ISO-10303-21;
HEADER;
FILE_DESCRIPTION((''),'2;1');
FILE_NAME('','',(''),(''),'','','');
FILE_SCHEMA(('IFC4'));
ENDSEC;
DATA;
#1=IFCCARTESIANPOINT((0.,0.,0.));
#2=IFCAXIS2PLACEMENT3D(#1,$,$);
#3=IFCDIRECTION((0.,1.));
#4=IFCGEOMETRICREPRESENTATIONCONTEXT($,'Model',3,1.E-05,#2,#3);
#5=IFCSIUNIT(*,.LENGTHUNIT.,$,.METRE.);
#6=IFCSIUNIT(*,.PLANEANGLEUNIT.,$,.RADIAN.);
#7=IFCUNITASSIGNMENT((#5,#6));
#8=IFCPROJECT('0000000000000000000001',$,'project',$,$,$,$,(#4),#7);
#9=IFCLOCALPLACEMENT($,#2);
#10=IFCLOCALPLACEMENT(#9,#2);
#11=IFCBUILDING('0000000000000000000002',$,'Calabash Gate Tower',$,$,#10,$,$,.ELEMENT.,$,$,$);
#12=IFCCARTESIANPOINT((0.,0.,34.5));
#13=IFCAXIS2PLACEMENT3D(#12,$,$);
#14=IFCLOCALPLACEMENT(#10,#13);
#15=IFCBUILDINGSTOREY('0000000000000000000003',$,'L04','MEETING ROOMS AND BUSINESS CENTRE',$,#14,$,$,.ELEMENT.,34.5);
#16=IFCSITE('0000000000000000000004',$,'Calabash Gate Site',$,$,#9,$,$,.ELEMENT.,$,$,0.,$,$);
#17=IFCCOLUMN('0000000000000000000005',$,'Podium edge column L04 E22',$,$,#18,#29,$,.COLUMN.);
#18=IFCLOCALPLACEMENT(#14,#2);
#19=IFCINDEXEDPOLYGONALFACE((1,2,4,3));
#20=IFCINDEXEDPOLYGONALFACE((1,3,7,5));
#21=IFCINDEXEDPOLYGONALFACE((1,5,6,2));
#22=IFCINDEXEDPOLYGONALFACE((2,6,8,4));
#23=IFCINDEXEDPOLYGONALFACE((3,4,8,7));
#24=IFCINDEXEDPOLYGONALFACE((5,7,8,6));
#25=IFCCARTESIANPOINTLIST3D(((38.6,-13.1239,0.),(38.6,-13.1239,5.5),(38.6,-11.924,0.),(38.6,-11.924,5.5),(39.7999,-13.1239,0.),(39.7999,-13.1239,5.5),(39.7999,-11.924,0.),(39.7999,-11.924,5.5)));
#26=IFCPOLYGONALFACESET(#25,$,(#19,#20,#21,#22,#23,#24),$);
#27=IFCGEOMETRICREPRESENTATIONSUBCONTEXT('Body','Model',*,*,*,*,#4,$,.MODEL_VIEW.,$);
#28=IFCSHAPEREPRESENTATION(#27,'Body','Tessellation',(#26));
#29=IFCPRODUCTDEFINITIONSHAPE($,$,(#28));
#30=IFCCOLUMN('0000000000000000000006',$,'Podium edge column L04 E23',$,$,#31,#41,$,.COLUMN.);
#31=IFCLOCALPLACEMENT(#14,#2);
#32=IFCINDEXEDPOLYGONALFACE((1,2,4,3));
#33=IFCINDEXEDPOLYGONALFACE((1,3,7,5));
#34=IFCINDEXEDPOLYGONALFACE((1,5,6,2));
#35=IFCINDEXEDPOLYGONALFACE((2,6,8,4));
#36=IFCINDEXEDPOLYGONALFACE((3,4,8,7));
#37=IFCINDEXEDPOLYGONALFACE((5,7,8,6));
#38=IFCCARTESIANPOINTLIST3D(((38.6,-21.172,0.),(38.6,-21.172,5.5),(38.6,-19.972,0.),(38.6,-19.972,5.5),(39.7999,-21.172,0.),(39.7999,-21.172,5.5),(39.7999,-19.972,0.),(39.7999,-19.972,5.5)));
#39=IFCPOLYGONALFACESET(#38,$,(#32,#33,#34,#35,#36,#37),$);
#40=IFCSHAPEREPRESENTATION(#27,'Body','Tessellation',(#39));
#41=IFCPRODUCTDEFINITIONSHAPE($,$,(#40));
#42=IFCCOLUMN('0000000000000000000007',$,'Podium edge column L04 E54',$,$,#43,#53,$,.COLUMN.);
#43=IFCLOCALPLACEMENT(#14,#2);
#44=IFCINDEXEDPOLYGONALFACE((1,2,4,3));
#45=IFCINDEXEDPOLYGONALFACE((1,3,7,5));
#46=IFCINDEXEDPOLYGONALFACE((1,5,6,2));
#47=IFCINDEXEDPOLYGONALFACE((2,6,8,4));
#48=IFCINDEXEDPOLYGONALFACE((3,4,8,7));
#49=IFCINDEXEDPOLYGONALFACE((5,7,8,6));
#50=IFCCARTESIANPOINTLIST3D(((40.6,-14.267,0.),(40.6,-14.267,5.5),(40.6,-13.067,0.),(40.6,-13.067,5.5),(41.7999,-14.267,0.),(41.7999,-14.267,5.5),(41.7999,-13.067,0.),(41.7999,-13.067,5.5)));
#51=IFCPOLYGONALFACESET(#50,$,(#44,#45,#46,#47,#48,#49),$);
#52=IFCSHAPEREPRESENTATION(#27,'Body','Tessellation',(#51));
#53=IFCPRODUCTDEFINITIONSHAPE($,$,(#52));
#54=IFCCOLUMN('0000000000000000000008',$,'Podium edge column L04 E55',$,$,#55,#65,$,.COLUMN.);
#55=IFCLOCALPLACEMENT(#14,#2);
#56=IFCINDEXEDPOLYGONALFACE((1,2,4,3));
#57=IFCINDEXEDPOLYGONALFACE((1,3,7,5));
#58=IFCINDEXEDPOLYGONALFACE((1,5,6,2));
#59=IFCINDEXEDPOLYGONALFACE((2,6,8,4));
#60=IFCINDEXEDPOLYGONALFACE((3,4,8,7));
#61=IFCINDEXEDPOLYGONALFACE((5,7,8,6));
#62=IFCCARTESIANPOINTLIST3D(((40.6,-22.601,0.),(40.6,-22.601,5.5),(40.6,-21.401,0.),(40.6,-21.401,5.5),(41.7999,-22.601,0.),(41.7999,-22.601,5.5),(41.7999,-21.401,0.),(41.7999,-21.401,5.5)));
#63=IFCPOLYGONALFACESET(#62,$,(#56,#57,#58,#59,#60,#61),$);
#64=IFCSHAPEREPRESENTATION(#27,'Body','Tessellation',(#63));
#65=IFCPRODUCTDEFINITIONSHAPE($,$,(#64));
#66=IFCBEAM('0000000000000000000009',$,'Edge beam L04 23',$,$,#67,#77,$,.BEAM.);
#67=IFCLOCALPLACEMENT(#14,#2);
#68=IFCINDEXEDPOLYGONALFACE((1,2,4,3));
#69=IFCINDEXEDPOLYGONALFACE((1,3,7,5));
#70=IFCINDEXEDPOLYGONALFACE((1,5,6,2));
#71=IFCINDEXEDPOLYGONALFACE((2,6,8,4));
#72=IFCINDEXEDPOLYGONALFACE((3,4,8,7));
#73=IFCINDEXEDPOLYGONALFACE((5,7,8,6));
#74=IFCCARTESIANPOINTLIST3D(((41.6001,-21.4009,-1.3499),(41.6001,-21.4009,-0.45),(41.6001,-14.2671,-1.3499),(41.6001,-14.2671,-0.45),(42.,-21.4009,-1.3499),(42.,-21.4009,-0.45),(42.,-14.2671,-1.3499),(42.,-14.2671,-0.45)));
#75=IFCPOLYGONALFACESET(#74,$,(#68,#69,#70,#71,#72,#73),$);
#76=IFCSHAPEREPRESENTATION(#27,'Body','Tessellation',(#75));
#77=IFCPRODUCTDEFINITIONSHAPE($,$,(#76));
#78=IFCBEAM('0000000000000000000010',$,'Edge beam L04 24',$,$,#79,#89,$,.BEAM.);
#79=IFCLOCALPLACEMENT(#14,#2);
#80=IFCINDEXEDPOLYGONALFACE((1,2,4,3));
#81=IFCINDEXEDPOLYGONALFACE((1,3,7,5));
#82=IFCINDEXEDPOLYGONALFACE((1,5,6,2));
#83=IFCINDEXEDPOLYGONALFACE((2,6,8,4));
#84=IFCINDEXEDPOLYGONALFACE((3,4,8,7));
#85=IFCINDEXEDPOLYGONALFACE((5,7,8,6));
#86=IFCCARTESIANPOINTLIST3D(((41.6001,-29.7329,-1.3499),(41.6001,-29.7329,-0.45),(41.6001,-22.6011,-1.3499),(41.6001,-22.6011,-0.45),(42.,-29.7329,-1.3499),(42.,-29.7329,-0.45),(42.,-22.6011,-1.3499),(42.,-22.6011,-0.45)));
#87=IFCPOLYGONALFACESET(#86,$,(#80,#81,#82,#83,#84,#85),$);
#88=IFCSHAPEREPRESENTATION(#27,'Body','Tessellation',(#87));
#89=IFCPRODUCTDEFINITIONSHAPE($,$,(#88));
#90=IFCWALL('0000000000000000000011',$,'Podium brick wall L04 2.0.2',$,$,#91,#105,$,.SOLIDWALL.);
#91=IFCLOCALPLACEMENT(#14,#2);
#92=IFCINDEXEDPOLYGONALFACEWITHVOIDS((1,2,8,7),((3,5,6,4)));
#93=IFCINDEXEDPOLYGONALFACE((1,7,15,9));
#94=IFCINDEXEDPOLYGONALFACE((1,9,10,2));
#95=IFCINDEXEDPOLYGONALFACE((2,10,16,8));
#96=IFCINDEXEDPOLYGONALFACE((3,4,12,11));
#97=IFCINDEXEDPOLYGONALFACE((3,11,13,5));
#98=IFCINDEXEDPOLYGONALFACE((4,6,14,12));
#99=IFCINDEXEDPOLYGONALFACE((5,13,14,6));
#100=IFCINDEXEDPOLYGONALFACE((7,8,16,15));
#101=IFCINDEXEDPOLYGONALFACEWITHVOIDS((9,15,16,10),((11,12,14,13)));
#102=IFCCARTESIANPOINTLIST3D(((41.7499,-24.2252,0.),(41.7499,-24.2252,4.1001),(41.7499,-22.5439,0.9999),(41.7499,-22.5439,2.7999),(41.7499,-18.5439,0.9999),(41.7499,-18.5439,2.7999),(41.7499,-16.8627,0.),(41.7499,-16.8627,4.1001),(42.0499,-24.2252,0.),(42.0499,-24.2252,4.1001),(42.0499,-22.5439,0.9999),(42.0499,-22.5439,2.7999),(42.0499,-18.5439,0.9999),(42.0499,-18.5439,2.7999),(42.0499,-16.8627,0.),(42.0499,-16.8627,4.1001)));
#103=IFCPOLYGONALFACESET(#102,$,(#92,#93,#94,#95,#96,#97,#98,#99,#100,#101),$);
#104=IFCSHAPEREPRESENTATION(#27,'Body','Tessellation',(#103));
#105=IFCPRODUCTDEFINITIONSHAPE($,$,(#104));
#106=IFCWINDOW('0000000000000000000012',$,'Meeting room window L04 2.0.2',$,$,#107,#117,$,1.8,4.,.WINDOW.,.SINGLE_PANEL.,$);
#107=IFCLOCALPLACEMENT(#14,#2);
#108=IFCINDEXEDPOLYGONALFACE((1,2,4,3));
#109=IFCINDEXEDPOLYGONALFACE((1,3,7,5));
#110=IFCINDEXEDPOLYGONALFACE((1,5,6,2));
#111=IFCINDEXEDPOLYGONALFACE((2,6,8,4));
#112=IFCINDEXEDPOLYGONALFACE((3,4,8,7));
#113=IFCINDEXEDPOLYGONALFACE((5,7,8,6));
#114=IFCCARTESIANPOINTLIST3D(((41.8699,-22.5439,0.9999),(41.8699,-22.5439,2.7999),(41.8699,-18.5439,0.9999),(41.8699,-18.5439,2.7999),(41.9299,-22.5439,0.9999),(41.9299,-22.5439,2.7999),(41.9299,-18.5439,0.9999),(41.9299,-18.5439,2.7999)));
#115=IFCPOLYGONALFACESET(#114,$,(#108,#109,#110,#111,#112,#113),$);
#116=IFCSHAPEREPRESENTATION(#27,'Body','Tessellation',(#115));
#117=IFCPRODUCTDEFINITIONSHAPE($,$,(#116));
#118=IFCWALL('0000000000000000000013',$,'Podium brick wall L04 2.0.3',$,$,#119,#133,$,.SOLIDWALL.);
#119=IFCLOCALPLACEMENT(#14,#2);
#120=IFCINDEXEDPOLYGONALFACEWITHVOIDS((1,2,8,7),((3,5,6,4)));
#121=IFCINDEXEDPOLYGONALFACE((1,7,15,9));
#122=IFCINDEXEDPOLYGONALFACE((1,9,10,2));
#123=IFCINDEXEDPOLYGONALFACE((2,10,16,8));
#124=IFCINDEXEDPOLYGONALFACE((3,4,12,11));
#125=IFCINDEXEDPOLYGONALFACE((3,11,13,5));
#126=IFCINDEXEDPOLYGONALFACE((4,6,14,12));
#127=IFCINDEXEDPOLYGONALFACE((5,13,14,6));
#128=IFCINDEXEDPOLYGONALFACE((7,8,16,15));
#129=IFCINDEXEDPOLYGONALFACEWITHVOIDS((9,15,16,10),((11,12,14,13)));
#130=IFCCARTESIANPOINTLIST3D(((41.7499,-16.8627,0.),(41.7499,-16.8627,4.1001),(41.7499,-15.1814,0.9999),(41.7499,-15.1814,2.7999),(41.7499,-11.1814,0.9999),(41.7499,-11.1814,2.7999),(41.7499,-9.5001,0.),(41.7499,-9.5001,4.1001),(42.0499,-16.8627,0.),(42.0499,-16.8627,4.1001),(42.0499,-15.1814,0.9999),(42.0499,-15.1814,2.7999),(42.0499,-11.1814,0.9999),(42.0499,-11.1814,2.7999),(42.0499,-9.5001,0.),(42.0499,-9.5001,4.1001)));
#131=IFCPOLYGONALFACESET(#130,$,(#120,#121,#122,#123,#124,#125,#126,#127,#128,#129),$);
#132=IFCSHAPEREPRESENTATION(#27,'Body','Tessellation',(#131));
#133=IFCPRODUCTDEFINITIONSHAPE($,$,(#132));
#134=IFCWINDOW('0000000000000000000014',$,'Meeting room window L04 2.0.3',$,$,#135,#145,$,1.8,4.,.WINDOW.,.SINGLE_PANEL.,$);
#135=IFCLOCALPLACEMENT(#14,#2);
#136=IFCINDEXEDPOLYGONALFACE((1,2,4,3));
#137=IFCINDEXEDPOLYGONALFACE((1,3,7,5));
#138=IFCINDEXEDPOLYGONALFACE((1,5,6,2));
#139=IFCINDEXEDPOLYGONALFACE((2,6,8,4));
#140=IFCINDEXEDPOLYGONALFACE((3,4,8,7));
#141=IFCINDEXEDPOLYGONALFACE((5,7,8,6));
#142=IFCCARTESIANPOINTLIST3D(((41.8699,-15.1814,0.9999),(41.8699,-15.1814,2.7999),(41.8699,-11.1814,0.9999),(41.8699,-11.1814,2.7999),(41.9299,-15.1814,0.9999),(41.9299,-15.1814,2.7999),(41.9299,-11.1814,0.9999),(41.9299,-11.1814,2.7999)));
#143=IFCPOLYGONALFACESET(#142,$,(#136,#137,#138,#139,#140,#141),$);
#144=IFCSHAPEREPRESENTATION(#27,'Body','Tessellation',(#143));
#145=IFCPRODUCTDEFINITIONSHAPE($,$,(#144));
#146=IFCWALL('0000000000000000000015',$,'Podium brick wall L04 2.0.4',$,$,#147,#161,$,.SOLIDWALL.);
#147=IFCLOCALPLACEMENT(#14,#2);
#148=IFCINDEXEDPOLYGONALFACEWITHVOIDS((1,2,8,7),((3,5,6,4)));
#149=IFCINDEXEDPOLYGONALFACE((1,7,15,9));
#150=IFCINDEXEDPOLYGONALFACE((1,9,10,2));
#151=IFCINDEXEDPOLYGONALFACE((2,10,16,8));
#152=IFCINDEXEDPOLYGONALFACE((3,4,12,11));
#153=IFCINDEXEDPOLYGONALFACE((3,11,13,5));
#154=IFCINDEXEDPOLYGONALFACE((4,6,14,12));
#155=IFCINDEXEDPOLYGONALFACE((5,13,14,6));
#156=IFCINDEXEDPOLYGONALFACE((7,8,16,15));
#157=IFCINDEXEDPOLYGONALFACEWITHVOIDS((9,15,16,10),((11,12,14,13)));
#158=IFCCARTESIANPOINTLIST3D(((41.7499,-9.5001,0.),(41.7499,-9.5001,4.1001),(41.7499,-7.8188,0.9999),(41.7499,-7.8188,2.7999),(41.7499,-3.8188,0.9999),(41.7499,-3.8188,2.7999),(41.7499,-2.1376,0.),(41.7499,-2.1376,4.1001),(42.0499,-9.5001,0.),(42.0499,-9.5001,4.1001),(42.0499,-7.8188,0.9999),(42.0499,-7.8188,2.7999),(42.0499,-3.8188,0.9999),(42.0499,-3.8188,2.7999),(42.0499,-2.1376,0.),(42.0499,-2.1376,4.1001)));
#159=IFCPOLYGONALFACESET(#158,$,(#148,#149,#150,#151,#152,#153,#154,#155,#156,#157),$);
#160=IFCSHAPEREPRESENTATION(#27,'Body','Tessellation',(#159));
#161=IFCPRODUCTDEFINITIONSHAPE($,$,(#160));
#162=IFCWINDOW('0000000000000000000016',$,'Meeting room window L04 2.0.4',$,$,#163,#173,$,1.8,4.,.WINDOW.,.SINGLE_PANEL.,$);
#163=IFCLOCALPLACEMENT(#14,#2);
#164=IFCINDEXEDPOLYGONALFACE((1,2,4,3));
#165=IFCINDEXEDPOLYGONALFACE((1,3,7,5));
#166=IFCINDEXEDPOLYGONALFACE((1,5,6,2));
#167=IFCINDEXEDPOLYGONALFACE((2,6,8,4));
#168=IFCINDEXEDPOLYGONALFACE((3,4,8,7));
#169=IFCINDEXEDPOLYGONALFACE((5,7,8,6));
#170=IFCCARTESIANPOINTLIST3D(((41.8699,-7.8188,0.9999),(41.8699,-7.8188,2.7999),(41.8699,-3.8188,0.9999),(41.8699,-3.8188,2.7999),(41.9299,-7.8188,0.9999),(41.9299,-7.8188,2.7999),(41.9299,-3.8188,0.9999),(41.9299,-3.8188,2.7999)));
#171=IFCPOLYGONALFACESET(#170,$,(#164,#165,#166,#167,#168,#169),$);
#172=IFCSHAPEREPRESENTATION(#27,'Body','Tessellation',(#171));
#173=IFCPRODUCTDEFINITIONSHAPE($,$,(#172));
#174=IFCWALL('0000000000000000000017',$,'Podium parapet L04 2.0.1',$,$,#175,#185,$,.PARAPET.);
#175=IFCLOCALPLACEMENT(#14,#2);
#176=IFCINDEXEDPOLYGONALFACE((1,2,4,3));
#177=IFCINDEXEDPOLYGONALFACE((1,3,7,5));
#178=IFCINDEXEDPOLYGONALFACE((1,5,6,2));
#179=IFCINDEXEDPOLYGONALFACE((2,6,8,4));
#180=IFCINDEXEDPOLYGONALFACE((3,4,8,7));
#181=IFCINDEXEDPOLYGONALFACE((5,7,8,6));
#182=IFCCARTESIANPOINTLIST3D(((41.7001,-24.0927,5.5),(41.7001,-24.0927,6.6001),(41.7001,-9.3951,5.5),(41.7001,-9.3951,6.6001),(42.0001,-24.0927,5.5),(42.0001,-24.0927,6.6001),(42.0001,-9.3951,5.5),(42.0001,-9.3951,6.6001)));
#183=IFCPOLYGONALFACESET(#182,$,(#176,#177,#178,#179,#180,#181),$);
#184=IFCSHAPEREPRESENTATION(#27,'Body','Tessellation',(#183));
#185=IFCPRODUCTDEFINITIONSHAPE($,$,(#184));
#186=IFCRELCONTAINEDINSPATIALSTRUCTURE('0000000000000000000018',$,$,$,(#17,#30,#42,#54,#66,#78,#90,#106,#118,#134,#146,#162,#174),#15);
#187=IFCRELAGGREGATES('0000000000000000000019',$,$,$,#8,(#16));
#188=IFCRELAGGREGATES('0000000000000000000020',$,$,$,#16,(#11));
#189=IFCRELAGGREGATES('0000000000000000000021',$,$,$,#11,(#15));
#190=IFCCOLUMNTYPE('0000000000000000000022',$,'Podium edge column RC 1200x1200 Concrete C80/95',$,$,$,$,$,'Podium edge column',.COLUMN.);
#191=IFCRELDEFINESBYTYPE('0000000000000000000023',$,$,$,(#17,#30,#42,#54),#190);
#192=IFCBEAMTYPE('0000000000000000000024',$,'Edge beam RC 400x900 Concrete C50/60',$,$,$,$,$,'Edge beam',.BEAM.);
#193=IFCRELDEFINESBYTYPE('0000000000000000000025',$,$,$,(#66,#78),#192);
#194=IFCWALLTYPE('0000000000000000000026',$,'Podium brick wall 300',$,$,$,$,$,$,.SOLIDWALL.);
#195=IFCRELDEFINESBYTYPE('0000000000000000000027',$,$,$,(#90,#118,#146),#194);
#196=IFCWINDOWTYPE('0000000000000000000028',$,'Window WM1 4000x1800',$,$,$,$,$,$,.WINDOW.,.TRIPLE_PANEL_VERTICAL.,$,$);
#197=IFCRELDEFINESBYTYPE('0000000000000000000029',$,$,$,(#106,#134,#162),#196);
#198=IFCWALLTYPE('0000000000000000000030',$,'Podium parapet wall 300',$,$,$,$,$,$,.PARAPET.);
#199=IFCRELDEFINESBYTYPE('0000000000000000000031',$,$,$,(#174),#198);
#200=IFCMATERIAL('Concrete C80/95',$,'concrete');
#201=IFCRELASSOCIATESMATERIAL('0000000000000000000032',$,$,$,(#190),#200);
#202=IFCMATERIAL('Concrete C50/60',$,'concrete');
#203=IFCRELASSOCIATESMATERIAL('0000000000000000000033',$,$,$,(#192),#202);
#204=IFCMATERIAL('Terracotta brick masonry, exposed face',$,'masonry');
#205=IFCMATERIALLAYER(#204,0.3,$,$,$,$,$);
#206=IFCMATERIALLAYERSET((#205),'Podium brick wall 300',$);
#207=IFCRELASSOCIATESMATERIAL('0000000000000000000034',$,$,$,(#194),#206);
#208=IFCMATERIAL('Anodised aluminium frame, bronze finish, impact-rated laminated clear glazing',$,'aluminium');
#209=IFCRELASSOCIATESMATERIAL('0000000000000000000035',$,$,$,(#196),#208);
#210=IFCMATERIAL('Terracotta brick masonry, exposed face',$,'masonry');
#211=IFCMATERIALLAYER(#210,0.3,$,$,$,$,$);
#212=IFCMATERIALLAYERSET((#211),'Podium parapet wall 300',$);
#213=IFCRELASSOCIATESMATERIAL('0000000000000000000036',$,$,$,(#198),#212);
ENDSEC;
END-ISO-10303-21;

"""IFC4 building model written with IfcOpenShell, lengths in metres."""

from ifc_helpers import new_model, si_unit, direction, frame, frame_2d, origin, origin_2d, place, context, subcontext, project, spatial, rectangle, extrude, material, layer, layer_set, material_profile, profile_set, type_object, element, fill, save


model = new_model("IFC4")

# Units and contexts
model_context = context("Model", 3, precision=1e-05, world=origin(), true_north=direction((0.0, 1.0)))
body_context = subcontext(model_context, "Body", "Model", "MODEL_VIEW")
ifc_project = project(units=[si_unit("LENGTHUNIT", "METRE"), si_unit("PLANEANGLEUNIT", "RADIAN")], contexts=[model_context])

# Site, building, storey
site_placement = place(None, origin())
site = spatial("IfcSite", under=ifc_project, at=site_placement, Name="Calabash Gate Site", CompositionType="ELEMENT", RefElevation=0.0)
building_placement = place(site_placement, origin())
building = spatial("IfcBuilding", under=site, at=building_placement, Name="Calabash Gate Tower", CompositionType="ELEMENT")
storey_placement = place(building_placement, frame((0.0, 0.0, 34.5)))
storey = spatial("IfcBuildingStorey", under=building, at=storey_placement, Name="L04", Description="MEETING ROOMS AND BUSINESS CENTRE", CompositionType="ELEMENT", Elevation=34.5)

# Columns
ifc_material_1 = material(Name="Concrete C80/95", Category="concrete")
ifc_material_profile_1 = material_profile(ifc_material_1, rectangle(XDim=1.2, YDim=1.2, at=origin_2d()))
ifc_profile_set_1 = profile_set([ifc_material_profile_1], Name="Concrete C80/95")
column_type = type_object("IfcColumnType", Name="Podium edge column RC 1200x1200 Concrete C80/95", ElementType="Podium edge column", PredefinedType="COLUMN", material=ifc_profile_set_1)
for number, where, z_axis, x_axis, name in (
    (1, (39.2, -12.5239, 0.0), (0.0, 0.0, 1.0), (1.0, 0.0, 0.0), "Podium edge column L04 E22"),
    (2, (39.2, -20.572, 0.0), (0.0, 0.0, 1.0), (1.0, 0.0, 0.0), "Podium edge column L04 E23"),
    (3, (41.2, -13.667, 0.0), (0.0, 0.0, 1.0), (1.0, 0.0, 0.0), "Podium edge column L04 E54"),
    (4, (41.2, -22.001, 0.0), (0.0, 0.0, 1.0), (1.0, 0.0, 0.0), "Podium edge column L04 E55"),
):
    element("IfcColumn", number, at=place(storey_placement, frame(where, z_axis=z_axis, x_axis=x_axis)), inside=storey, type_object=column_type, Name=name, PredefinedType="COLUMN", context=body_context, shape_type="SweptSolid", body=[
        extrude(rectangle(XDim=1.2, YDim=1.2, at=origin_2d()), origin(), (0.0, 0.0, 1.0), 5.5),
    ])

# Beams
ifc_material_2 = material(Name="Concrete C50/60", Category="concrete")
ifc_material_profile_2 = material_profile(ifc_material_2, rectangle(XDim=0.3999, YDim=0.8999, at=origin_2d()))
ifc_profile_set_2 = profile_set([ifc_material_profile_2], Name="Concrete C50/60")
beam_type = type_object("IfcBeamType", Name="Edge beam RC 400x900 Concrete C50/60", ElementType="Edge beam", PredefinedType="BEAM", material=ifc_profile_set_2)
beam_1_placement = place(storey_placement, frame((41.8, -14.2671, -0.8999), z_axis=(0.0, -1.0, 0.0), x_axis=(1.0, 0.0, 0.0)))
element("IfcBeam", 5, at=beam_1_placement, inside=storey, type_object=beam_type, Name="Edge beam L04 23", PredefinedType="BEAM", context=body_context, shape_type="SweptSolid", body=[
    extrude(rectangle(XDim=0.3999, YDim=0.8999, at=origin_2d()), origin(), (0.0, 0.0, 1.0), 7.1338),
])
beam_2_placement = place(storey_placement, frame((41.8, -22.6011, -0.8999), z_axis=(0.0, -1.0, 0.0), x_axis=(1.0, 0.0, 0.0)))
element("IfcBeam", 6, at=beam_2_placement, inside=storey, type_object=beam_type, Name="Edge beam L04 24", PredefinedType="BEAM", context=body_context, shape_type="SweptSolid", body=[
    extrude(rectangle(XDim=0.3999, YDim=0.8999, at=origin_2d()), origin(), (0.0, 0.0, 1.0), 7.1318),
])

# Walls, openings, windows
ifc_material_3 = material(Name="Terracotta brick masonry, exposed face", Category="masonry")
ifc_layer_1 = layer(ifc_material_3, 0.3)
ifc_layer_set_1 = layer_set([ifc_layer_1], Name="Podium brick wall 300")
wall_type_1 = type_object("IfcWallType", Name="Podium brick wall 300", PredefinedType="SOLIDWALL", material=ifc_layer_set_1)
wall_1_placement = place(storey_placement, frame((41.8999, -24.2251, 0.0), z_axis=(0.0, 0.0, 1.0), x_axis=(0.0, 1.0, 0.0)))
wall_1 = element("IfcWall", 7, at=wall_1_placement, inside=storey, type_object=wall_type_1, Name="Podium brick wall L04 2.0.2", PredefinedType="SOLIDWALL", context=body_context, shape_type="SweptSolid", body=[
    extrude(rectangle(XDim=7.3625, YDim=0.3, at=frame_2d((3.6812, 0.0))), origin(), (0.0, 0.0, 1.0), 4.1001),
])
opening_1_placement = place(wall_1_placement, frame((1.6812, 0.0, 1.0)))
opening_1 = element("IfcOpeningElement", 8, at=opening_1_placement, cuts=wall_1, PredefinedType="OPENING", context=body_context, shape_type="SweptSolid", body=[
    extrude(rectangle(XDim=4.0, YDim=1.8, at=frame_2d((2.0, 0.8999))), frame((0.0, 0.1599, 0.0), z_axis=(0.0, -1.0, 0.0), x_axis=(1.0, 0.0, 0.0)), (0.0, 0.0, 1.0), 0.3201),
])
ifc_material_4 = material(Name="Anodised aluminium frame, bronze finish, impact-rated laminated clear glazing", Category="aluminium")
window_type = type_object("IfcWindowType", Name="Window WM1 4000x1800", PartitioningType="TRIPLE_PANEL_VERTICAL", PredefinedType="WINDOW", material=ifc_material_4)
window_1_placement = place(opening_1_placement, origin())
window_1 = element("IfcWindow", 9, at=window_1_placement, inside=storey, type_object=window_type, Name="Meeting room window L04 2.0.2", OverallHeight=1.8, OverallWidth=4.0, PartitioningType="SINGLE_PANEL", PredefinedType="WINDOW", context=body_context, shape_type="SweptSolid", body=[
    extrude(rectangle(XDim=4.0, YDim=1.8, at=frame_2d((2.0, 0.8999))), frame((0.0, 0.03, 0.0), z_axis=(0.0, -1.0, 0.0), x_axis=(1.0, 0.0, 0.0)), (0.0, 0.0, 1.0), 0.0601),
])
fill(opening_1, window_1)
wall_2_placement = place(storey_placement, frame((41.8999, -16.8625, 0.0), z_axis=(0.0, 0.0, 1.0), x_axis=(0.0, 1.0, 0.0)))
wall_2 = element("IfcWall", 10, at=wall_2_placement, inside=storey, type_object=wall_type_1, Name="Podium brick wall L04 2.0.3", PredefinedType="SOLIDWALL", context=body_context, shape_type="SweptSolid", body=[
    extrude(rectangle(XDim=7.3625, YDim=0.3, at=frame_2d((3.6812, 0.0))), origin(), (0.0, 0.0, 1.0), 4.1001),
])
opening_2_placement = place(wall_2_placement, frame((1.6812, 0.0, 1.0)))
opening_2 = element("IfcOpeningElement", 11, at=opening_2_placement, cuts=wall_2, PredefinedType="OPENING", context=body_context, shape_type="SweptSolid", body=[
    extrude(rectangle(XDim=4.0, YDim=1.8, at=frame_2d((2.0, 0.8999))), frame((0.0, 0.1599, 0.0), z_axis=(0.0, -1.0, 0.0), x_axis=(1.0, 0.0, 0.0)), (0.0, 0.0, 1.0), 0.3201),
])
window_2_placement = place(opening_2_placement, origin())
window_2 = element("IfcWindow", 12, at=window_2_placement, inside=storey, type_object=window_type, Name="Meeting room window L04 2.0.3", OverallHeight=1.8, OverallWidth=4.0, PartitioningType="SINGLE_PANEL", PredefinedType="WINDOW", context=body_context, shape_type="SweptSolid", body=[
    extrude(rectangle(XDim=4.0, YDim=1.8, at=frame_2d((2.0, 0.8999))), frame((0.0, 0.03, 0.0), z_axis=(0.0, -1.0, 0.0), x_axis=(1.0, 0.0, 0.0)), (0.0, 0.0, 1.0), 0.0601),
])
fill(opening_2, window_2)
wall_3_placement = place(storey_placement, frame((41.8999, -9.5, 0.0), z_axis=(0.0, 0.0, 1.0), x_axis=(0.0, 1.0, 0.0)))
wall_3 = element("IfcWall", 13, at=wall_3_placement, inside=storey, type_object=wall_type_1, Name="Podium brick wall L04 2.0.4", PredefinedType="SOLIDWALL", context=body_context, shape_type="SweptSolid", body=[
    extrude(rectangle(XDim=7.3625, YDim=0.3, at=frame_2d((3.6812, 0.0))), origin(), (0.0, 0.0, 1.0), 4.1001),
])
opening_3_placement = place(wall_3_placement, frame((1.6812, 0.0, 1.0)))
opening_3 = element("IfcOpeningElement", 14, at=opening_3_placement, cuts=wall_3, PredefinedType="OPENING", context=body_context, shape_type="SweptSolid", body=[
    extrude(rectangle(XDim=4.0, YDim=1.8, at=frame_2d((2.0, 0.8999))), frame((0.0, 0.1599, 0.0), z_axis=(0.0, -1.0, 0.0), x_axis=(1.0, 0.0, 0.0)), (0.0, 0.0, 1.0), 0.3201),
])
window_3_placement = place(opening_3_placement, origin())
window_3 = element("IfcWindow", 15, at=window_3_placement, inside=storey, type_object=window_type, Name="Meeting room window L04 2.0.4", OverallHeight=1.8, OverallWidth=4.0, PartitioningType="SINGLE_PANEL", PredefinedType="WINDOW", context=body_context, shape_type="SweptSolid", body=[
    extrude(rectangle(XDim=4.0, YDim=1.8, at=frame_2d((2.0, 0.8999))), frame((0.0, 0.03, 0.0), z_axis=(0.0, -1.0, 0.0), x_axis=(1.0, 0.0, 0.0)), (0.0, 0.0, 1.0), 0.0601),
])
fill(opening_3, window_3)

# Wall
ifc_material_5 = material(Name="Terracotta brick masonry, exposed face", Category="masonry")
ifc_layer_2 = layer(ifc_material_5, 0.3)
ifc_layer_set_2 = layer_set([ifc_layer_2], Name="Podium parapet wall 300")
wall_type_2 = type_object("IfcWallType", Name="Podium parapet wall 300", PredefinedType="PARAPET", material=ifc_layer_set_2)
for number, where, z_axis, x_axis, name in (
    (16, (41.8501, -24.0925, 5.5), (0.0, 0.0, 1.0), (0.0, 1.0, 0.0), "Podium parapet L04 2.0.1"),
):
    element("IfcWall", number, at=place(storey_placement, frame(where, z_axis=z_axis, x_axis=x_axis)), inside=storey, type_object=wall_type_2, Name=name, PredefinedType="PARAPET", context=body_context, shape_type="SweptSolid", body=[
        extrude(rectangle(XDim=14.6975, YDim=0.3, at=frame_2d((7.3486, 0.0))), origin(), (0.0, 0.0, 1.0), 1.1001),
    ])

save(model, "model.ifc")
